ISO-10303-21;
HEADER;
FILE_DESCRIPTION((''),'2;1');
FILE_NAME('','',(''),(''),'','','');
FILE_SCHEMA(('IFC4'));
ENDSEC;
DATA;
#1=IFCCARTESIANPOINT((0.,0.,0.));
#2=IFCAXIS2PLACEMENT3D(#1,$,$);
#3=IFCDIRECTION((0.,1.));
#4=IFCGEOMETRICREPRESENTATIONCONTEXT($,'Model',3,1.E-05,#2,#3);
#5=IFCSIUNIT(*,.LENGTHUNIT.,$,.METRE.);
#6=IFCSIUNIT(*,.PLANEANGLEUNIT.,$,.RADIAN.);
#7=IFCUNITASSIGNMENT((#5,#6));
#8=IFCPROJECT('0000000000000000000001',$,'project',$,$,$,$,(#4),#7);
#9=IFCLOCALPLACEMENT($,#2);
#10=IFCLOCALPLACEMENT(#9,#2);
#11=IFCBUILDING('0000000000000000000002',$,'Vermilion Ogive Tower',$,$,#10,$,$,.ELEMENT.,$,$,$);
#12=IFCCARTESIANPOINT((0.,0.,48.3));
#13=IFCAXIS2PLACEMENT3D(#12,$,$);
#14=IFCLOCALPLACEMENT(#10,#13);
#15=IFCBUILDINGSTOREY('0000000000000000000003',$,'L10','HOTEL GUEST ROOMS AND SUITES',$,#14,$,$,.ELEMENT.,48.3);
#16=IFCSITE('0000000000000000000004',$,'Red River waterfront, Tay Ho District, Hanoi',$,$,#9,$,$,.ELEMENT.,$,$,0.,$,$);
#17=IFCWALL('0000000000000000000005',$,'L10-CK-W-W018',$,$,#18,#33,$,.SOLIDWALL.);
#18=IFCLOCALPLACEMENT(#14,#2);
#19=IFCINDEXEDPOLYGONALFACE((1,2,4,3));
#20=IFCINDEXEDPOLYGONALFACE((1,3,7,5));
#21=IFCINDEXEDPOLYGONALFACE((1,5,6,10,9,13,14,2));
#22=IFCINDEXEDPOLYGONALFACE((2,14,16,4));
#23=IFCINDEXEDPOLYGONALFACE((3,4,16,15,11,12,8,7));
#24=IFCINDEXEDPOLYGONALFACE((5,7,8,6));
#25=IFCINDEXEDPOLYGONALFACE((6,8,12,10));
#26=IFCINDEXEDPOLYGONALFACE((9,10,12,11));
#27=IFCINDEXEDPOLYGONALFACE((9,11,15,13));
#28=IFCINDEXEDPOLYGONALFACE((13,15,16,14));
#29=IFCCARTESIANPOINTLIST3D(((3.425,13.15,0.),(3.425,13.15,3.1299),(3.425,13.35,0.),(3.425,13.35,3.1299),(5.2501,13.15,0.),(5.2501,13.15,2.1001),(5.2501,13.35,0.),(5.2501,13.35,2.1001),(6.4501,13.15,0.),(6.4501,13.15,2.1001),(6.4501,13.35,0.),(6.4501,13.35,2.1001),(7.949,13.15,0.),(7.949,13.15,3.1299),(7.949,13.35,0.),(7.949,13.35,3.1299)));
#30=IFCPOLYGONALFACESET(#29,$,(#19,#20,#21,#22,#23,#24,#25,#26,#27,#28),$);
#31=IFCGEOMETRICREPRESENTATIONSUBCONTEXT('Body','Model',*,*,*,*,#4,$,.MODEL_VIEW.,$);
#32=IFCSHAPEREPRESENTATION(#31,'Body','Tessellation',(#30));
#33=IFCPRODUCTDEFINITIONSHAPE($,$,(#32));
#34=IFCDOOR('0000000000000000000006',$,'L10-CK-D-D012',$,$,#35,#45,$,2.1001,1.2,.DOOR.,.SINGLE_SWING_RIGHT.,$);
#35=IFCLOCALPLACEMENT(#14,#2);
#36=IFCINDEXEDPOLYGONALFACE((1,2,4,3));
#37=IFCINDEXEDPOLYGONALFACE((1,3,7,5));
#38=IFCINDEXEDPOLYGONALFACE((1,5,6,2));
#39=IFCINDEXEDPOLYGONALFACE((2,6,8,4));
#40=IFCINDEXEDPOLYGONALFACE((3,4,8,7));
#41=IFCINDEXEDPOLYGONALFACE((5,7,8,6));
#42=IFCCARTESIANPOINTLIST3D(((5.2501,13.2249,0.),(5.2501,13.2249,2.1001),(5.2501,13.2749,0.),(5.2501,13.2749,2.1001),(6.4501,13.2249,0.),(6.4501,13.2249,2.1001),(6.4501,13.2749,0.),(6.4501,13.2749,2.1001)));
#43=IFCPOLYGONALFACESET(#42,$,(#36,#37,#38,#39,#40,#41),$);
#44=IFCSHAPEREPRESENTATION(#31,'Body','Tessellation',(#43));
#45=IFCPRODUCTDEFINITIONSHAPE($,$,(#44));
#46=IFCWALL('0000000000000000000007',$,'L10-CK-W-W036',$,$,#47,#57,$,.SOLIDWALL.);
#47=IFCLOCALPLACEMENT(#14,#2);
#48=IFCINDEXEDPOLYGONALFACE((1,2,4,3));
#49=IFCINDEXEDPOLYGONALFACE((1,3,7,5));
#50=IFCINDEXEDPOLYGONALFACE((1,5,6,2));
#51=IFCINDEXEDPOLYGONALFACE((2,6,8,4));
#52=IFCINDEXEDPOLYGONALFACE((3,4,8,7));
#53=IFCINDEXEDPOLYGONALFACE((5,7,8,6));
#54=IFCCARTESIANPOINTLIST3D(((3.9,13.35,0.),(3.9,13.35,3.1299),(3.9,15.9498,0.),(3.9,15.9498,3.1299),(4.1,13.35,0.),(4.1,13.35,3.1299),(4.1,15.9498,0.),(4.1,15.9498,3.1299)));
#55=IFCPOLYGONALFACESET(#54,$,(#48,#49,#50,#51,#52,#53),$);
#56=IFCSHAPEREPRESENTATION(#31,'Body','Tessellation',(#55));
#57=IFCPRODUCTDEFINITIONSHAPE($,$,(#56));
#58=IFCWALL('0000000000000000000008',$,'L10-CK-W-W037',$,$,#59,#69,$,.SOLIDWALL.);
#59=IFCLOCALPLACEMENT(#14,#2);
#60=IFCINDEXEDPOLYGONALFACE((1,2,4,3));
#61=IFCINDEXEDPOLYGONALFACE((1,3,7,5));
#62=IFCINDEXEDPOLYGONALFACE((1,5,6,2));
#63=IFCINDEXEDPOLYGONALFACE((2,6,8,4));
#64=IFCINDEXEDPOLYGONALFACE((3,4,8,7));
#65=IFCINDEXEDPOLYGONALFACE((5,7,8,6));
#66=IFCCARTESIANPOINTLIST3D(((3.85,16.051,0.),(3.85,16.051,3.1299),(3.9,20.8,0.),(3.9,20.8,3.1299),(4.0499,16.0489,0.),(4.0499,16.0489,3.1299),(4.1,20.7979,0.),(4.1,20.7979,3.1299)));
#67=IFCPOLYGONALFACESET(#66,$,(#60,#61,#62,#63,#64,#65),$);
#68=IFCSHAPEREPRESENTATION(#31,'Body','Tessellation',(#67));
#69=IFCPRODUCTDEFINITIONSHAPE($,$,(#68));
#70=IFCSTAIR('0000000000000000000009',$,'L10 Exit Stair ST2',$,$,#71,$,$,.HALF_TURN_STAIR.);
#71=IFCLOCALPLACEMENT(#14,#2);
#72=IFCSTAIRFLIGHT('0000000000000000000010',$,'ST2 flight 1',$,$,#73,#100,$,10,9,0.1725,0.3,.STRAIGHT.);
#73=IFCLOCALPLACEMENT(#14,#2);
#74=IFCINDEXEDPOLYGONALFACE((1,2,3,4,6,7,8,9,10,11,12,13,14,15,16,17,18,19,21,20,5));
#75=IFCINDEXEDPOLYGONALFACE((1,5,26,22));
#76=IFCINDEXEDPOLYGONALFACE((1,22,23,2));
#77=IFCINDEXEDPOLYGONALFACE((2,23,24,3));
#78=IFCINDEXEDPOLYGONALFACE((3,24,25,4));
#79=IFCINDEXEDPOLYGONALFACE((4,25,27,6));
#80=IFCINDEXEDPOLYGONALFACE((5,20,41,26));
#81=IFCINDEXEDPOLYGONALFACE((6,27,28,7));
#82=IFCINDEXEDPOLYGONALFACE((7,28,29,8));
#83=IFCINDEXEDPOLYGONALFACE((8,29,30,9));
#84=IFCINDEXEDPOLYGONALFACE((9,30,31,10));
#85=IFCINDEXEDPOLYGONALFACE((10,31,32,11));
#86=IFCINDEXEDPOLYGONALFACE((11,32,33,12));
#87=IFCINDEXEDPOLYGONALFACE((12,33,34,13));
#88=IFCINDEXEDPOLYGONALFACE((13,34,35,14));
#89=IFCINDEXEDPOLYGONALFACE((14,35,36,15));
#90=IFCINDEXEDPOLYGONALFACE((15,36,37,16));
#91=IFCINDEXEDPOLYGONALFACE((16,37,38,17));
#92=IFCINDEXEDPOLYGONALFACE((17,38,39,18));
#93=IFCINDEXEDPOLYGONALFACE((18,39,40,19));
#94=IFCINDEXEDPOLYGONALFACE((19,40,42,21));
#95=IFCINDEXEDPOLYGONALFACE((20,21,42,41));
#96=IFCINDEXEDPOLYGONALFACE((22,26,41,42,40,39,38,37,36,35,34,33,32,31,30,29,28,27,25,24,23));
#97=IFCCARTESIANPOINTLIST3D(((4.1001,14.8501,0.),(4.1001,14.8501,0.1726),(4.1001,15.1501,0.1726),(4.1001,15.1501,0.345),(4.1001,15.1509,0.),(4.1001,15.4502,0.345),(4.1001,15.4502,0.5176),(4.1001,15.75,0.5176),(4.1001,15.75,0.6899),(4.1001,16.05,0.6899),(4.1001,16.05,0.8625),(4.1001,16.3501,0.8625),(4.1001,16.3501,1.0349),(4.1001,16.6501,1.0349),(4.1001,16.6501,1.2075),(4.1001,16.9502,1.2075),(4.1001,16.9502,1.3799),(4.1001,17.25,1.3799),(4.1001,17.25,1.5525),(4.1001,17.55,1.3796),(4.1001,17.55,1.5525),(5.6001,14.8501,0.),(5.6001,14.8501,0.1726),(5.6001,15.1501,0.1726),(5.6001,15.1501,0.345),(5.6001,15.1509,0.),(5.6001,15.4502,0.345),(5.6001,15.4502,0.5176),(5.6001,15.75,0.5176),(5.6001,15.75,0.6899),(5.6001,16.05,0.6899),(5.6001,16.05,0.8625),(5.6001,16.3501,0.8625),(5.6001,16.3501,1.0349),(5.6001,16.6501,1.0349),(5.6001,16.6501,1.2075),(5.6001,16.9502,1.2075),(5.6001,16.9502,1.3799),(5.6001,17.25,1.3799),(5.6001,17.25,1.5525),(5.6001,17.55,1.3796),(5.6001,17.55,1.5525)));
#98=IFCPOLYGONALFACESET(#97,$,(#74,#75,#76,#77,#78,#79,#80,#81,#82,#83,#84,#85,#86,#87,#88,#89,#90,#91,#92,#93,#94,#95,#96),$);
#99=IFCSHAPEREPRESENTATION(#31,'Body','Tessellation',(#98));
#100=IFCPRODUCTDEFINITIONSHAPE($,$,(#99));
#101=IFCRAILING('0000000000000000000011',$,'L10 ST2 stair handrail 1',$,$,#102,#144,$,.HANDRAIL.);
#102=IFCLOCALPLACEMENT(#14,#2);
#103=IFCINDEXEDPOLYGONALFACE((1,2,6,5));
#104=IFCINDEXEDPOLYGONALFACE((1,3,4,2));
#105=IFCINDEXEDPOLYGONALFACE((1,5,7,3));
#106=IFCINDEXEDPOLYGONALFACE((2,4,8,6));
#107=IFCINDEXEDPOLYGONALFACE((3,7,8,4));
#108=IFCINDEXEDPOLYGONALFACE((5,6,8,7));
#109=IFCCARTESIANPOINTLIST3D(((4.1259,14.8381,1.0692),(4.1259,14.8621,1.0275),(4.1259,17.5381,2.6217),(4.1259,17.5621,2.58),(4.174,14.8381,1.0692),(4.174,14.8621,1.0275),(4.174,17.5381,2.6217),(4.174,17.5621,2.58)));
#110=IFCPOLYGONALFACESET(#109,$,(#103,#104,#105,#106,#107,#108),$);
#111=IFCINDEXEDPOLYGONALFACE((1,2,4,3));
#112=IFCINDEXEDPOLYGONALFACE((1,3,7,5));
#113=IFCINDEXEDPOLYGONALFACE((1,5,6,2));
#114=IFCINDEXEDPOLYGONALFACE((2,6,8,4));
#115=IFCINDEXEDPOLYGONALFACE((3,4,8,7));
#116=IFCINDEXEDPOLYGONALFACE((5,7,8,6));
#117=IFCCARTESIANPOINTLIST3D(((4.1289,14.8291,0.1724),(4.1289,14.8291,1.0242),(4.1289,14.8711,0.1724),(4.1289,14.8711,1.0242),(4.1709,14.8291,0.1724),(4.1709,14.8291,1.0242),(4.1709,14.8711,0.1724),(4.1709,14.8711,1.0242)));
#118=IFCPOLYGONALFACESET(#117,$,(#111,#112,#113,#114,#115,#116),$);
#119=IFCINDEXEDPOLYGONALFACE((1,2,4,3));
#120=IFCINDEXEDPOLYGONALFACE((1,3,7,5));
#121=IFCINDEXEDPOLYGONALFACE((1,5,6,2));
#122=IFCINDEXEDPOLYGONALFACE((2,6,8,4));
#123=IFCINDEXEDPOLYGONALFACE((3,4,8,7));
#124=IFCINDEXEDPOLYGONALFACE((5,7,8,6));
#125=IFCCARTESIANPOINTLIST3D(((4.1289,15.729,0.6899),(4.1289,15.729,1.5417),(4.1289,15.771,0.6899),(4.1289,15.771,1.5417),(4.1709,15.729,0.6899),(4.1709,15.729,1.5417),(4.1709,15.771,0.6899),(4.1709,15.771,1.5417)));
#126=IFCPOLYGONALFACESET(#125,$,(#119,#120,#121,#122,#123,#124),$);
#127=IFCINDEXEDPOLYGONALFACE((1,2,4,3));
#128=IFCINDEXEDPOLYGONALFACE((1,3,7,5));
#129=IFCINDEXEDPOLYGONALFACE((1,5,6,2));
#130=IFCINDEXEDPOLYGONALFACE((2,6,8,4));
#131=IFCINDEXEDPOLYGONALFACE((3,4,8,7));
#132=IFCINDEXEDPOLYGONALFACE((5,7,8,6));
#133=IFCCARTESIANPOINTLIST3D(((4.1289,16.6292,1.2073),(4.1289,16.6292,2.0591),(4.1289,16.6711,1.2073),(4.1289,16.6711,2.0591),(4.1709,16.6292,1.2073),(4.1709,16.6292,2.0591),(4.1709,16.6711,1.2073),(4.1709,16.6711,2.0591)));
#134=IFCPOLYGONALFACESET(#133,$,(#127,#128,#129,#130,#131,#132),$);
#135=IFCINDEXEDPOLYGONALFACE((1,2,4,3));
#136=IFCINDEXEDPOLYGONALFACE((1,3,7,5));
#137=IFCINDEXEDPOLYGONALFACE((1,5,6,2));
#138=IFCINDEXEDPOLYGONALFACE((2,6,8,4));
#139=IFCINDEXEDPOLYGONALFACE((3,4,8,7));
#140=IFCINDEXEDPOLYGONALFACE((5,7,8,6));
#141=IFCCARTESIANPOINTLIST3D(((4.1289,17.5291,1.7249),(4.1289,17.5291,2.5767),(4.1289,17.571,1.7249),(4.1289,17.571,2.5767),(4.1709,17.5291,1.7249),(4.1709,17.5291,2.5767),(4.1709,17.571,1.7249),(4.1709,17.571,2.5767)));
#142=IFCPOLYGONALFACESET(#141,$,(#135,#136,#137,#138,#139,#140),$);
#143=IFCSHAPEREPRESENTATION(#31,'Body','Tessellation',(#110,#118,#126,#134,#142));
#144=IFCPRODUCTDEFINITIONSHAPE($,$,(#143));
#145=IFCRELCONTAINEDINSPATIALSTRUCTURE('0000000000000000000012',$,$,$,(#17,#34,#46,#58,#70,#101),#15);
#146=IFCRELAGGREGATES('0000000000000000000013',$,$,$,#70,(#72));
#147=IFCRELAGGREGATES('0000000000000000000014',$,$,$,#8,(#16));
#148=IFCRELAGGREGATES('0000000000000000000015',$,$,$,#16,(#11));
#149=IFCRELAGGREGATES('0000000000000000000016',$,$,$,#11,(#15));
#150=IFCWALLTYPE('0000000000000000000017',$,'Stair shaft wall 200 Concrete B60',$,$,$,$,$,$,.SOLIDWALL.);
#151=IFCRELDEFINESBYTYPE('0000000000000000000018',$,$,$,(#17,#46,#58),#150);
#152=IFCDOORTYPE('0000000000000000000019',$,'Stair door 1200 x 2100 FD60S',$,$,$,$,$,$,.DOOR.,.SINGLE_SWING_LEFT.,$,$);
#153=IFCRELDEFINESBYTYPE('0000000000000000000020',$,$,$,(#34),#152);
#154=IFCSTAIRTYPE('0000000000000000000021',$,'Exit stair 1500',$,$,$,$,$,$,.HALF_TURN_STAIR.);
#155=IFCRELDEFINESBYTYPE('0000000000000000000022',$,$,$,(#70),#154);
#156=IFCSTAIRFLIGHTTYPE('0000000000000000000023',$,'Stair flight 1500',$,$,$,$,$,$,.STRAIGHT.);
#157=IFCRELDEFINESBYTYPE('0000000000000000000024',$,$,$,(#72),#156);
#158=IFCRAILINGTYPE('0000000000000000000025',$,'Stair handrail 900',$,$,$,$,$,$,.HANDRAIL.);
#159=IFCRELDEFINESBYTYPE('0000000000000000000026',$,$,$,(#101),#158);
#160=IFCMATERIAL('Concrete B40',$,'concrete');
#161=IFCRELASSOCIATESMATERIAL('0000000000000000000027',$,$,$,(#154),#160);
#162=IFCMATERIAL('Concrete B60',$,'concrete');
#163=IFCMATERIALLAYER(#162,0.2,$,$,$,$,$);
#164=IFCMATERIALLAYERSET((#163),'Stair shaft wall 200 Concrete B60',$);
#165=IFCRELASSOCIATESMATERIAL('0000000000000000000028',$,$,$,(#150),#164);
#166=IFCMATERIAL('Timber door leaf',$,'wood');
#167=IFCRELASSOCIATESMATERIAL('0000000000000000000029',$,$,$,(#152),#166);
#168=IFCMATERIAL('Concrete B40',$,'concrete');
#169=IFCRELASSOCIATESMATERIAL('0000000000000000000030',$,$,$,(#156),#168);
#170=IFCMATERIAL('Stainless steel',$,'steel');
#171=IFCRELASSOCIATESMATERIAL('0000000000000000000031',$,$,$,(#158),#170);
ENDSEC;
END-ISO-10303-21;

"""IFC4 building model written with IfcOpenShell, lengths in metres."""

from ifc_helpers import new_model, si_unit, direction, frame, frame_2d, origin, origin_2d, place, context, subcontext, project, spatial, polyline, rectangle, outline, extrude, material, layer, layer_set, type_object, element, fill, aggregate, save


model = new_model("IFC4")

# Units and contexts
model_context = context("Model", 3, precision=1e-05, world=origin(), true_north=direction((0.0, 1.0)))
body_context = subcontext(model_context, "Body", "Model", "MODEL_VIEW")
ifc_project = project(units=[si_unit("LENGTHUNIT", "METRE"), si_unit("PLANEANGLEUNIT", "RADIAN")], contexts=[model_context])

# Site, building, storey
site_placement = place(None, origin())
site = spatial("IfcSite", under=ifc_project, at=site_placement, Name="Red River waterfront, Tay Ho District, Hanoi", CompositionType="ELEMENT", RefElevation=0.0)
building_placement = place(site_placement, origin())
building = spatial("IfcBuilding", under=site, at=building_placement, Name="Vermilion Ogive Tower", CompositionType="ELEMENT")
storey_placement = place(building_placement, frame((0.0, 0.0, 48.3)))
storey = spatial("IfcBuildingStorey", under=building, at=storey_placement, Name="L10", Description="HOTEL GUEST ROOMS AND SUITES", CompositionType="ELEMENT", Elevation=48.3)

# Shared definitions
ifc_material_1 = material(Name="Concrete B40", Category="concrete")
stair_type = type_object("IfcStairType", Name="Exit stair 1500", PredefinedType="HALF_TURN_STAIR", material=ifc_material_1)

# Wall, opening, door
ifc_material_2 = material(Name="Concrete B60", Category="concrete")
ifc_layer_1 = layer(ifc_material_2, 0.2)
ifc_layer_set_1 = layer_set([ifc_layer_1], Name="Stair shaft wall 200 Concrete B60")
wall_type_1 = type_object("IfcWallType", Name="Stair shaft wall 200 Concrete B60", PredefinedType="SOLIDWALL", material=ifc_layer_set_1)
wall_1_placement = place(storey_placement, frame((3.425, 13.25, 0.0), z_axis=(0.0, 0.0, 1.0), x_axis=(1.0, 0.0, 0.0)))
wall_1 = element("IfcWall", 1, at=wall_1_placement, inside=storey, type_object=wall_type_1, Name="L10-CK-W-W018", PredefinedType="SOLIDWALL", context=body_context, shape_type="SweptSolid", body=[
    extrude(rectangle(XDim=4.5239, YDim=0.2, at=frame_2d((2.262, 0.0))), origin(), (0.0, 0.0, 1.0), 3.1299),
])
opening_1_placement = place(wall_1_placement, frame((1.825, 0.0, 0.0)))
opening_1 = element("IfcOpeningElement", 2, at=opening_1_placement, cuts=wall_1, PredefinedType="OPENING", context=body_context, shape_type="SweptSolid", body=[
    extrude(rectangle(XDim=1.2, YDim=2.1001, at=frame_2d((0.6001, 1.05))), frame((0.0, 0.1099, 0.0), z_axis=(0.0, -1.0, 0.0), x_axis=(1.0, 0.0, 0.0)), (0.0, 0.0, 1.0), 0.22),
])
ifc_material_3 = material(Name="Timber door leaf", Category="wood")
door_type_1 = type_object("IfcDoorType", Name="Stair door 1200 x 2100 FD60S", OperationType="SINGLE_SWING_LEFT", PredefinedType="DOOR", material=ifc_material_3)
door_1_placement = place(opening_1_placement, origin())
door_1 = element("IfcDoor", 3, at=door_1_placement, inside=storey, type_object=door_type_1, Name="L10-CK-D-D012", OperationType="SINGLE_SWING_RIGHT", OverallHeight=2.1001, OverallWidth=1.2, PredefinedType="DOOR", context=body_context, shape_type="SweptSolid", body=[
    extrude(rectangle(XDim=1.2, YDim=2.1001, at=frame_2d((0.6001, 1.05))), frame((0.0, 0.0249, 0.0), z_axis=(0.0, -1.0, 0.0), x_axis=(1.0, 0.0, 0.0)), (0.0, 0.0, 1.0), 0.05),
])
fill(opening_1, door_1)

# Walls
wall_2_placement = place(storey_placement, frame((4.0, 13.3501, 0.0), z_axis=(0.0, 0.0, 1.0), x_axis=(0.0, 1.0, 0.0)))
element("IfcWall", 4, at=wall_2_placement, inside=storey, type_object=wall_type_1, Name="L10-CK-W-W036", PredefinedType="SOLIDWALL", context=body_context, shape_type="SweptSolid", body=[
    extrude(rectangle(XDim=2.5999, YDim=0.2, at=frame_2d((1.2998, 0.0))), origin(), (0.0, 0.0, 1.0), 3.1299),
])
wall_3_placement = place(storey_placement, frame((3.95, 16.05, 0.0), z_axis=(0.0, 0.0, 1.0), x_axis=(0.010538, 0.999944, 0.0)))
element("IfcWall", 5, at=wall_3_placement, inside=storey, type_object=wall_type_1, Name="L10-CK-W-W037", PredefinedType="SOLIDWALL", context=body_context, shape_type="SweptSolid", body=[
    extrude(rectangle(XDim=4.7493, YDim=0.2, at=frame_2d((2.3745, 0.0))), origin(), (0.0, 0.0, 1.0), 3.1299),
])

# Stair, stair flight
stair_1_placement = place(storey_placement, origin())
stair_1 = element("IfcStair", 6, at=stair_1_placement, inside=storey, type_object=stair_type, Name="L10 Exit Stair ST2", PredefinedType="HALF_TURN_STAIR")
ifc_material_4 = material(Name="Concrete B40", Category="concrete")
stair_flight_type = type_object("IfcStairFlightType", Name="Stair flight 1500", PredefinedType="STRAIGHT", material=ifc_material_4)
stair_flight_placement = place(storey_placement, frame((4.8501, 14.8501, 0.0), z_axis=(0.0, 0.0, 1.0), x_axis=(0.0, 1.0, 0.0)))
stair_flight = element("IfcStairFlight", 7, at=stair_flight_placement, type_object=stair_flight_type, Name="ST2 flight 1", NumberOfRisers=10, NumberOfTreads=9, PredefinedType="STRAIGHT", RiserHeight=0.1725, TreadLength=0.3, context=body_context, shape_type="SweptSolid", body=[
    extrude(outline(polyline([(0.0, 0.0), (0.0, 0.1726), (0.3, 0.1726), (0.3, 0.345), (0.6001, 0.345), (0.6001, 0.5176), (0.8999, 0.5176), (0.8999, 0.6899), (1.2, 0.6899), (1.2, 0.8625), (1.5, 0.8625), (1.5, 1.0349), (1.8, 1.0349), (1.8, 1.2075), (2.1001, 1.2075), (2.1001, 1.3799), (2.3999, 1.3799), (2.3999, 1.5525), (2.7, 1.5525), (2.7, 1.7251), (2.7, 1.3796), (0.3008, 0.0), (0.0, 0.0)])), frame((0.0, 0.75, 0.0), z_axis=(0.0, -1.0, 0.0), x_axis=(1.0, 0.0, 0.0)), (0.0, 0.0, 1.0), 1.5),
])
aggregate(stair_1, [stair_flight])

# Railing
ifc_material_5 = material(Name="Stainless steel", Category="steel")
railing_type = type_object("IfcRailingType", Name="Stair handrail 900", PredefinedType="HANDRAIL", material=ifc_material_5)
railing_placement = place(storey_placement, frame((4.1499, 14.8501, 0.1724)))
element("IfcRailing", 8, at=railing_placement, inside=storey, type_object=railing_type, Name="L10 ST2 stair handrail 1", PredefinedType="HANDRAIL", context=body_context, shape_type="SweptSolid", body=[
    extrude(rectangle(XDim=0.0481, YDim=0.0481, at=origin_2d()), frame((0.0, 0.0, 0.876), z_axis=(0.0, 0.866904, 0.498476), x_axis=(-1.0, 0.0, 0.0)), (0.0, 0.0, 1.0), 3.1145),
    extrude(rectangle(XDim=0.042, YDim=0.042, at=origin_2d()), origin(), (0.0, 0.0, 1.0), 0.8518),
    extrude(rectangle(XDim=0.042, YDim=0.042, at=origin_2d()), frame((0.0, 0.8999, 0.5176)), (0.0, 0.0, 1.0), 0.8518),
    extrude(rectangle(XDim=0.042, YDim=0.042, at=origin_2d()), frame((0.0, 1.8, 1.0349)), (0.0, 0.0, 1.0), 0.8518),
    extrude(rectangle(XDim=0.042, YDim=0.042, at=origin_2d()), frame((0.0, 2.7, 1.5525)), (0.0, 0.0, 1.0), 0.8518),
])

save(model, "model.ifc")
